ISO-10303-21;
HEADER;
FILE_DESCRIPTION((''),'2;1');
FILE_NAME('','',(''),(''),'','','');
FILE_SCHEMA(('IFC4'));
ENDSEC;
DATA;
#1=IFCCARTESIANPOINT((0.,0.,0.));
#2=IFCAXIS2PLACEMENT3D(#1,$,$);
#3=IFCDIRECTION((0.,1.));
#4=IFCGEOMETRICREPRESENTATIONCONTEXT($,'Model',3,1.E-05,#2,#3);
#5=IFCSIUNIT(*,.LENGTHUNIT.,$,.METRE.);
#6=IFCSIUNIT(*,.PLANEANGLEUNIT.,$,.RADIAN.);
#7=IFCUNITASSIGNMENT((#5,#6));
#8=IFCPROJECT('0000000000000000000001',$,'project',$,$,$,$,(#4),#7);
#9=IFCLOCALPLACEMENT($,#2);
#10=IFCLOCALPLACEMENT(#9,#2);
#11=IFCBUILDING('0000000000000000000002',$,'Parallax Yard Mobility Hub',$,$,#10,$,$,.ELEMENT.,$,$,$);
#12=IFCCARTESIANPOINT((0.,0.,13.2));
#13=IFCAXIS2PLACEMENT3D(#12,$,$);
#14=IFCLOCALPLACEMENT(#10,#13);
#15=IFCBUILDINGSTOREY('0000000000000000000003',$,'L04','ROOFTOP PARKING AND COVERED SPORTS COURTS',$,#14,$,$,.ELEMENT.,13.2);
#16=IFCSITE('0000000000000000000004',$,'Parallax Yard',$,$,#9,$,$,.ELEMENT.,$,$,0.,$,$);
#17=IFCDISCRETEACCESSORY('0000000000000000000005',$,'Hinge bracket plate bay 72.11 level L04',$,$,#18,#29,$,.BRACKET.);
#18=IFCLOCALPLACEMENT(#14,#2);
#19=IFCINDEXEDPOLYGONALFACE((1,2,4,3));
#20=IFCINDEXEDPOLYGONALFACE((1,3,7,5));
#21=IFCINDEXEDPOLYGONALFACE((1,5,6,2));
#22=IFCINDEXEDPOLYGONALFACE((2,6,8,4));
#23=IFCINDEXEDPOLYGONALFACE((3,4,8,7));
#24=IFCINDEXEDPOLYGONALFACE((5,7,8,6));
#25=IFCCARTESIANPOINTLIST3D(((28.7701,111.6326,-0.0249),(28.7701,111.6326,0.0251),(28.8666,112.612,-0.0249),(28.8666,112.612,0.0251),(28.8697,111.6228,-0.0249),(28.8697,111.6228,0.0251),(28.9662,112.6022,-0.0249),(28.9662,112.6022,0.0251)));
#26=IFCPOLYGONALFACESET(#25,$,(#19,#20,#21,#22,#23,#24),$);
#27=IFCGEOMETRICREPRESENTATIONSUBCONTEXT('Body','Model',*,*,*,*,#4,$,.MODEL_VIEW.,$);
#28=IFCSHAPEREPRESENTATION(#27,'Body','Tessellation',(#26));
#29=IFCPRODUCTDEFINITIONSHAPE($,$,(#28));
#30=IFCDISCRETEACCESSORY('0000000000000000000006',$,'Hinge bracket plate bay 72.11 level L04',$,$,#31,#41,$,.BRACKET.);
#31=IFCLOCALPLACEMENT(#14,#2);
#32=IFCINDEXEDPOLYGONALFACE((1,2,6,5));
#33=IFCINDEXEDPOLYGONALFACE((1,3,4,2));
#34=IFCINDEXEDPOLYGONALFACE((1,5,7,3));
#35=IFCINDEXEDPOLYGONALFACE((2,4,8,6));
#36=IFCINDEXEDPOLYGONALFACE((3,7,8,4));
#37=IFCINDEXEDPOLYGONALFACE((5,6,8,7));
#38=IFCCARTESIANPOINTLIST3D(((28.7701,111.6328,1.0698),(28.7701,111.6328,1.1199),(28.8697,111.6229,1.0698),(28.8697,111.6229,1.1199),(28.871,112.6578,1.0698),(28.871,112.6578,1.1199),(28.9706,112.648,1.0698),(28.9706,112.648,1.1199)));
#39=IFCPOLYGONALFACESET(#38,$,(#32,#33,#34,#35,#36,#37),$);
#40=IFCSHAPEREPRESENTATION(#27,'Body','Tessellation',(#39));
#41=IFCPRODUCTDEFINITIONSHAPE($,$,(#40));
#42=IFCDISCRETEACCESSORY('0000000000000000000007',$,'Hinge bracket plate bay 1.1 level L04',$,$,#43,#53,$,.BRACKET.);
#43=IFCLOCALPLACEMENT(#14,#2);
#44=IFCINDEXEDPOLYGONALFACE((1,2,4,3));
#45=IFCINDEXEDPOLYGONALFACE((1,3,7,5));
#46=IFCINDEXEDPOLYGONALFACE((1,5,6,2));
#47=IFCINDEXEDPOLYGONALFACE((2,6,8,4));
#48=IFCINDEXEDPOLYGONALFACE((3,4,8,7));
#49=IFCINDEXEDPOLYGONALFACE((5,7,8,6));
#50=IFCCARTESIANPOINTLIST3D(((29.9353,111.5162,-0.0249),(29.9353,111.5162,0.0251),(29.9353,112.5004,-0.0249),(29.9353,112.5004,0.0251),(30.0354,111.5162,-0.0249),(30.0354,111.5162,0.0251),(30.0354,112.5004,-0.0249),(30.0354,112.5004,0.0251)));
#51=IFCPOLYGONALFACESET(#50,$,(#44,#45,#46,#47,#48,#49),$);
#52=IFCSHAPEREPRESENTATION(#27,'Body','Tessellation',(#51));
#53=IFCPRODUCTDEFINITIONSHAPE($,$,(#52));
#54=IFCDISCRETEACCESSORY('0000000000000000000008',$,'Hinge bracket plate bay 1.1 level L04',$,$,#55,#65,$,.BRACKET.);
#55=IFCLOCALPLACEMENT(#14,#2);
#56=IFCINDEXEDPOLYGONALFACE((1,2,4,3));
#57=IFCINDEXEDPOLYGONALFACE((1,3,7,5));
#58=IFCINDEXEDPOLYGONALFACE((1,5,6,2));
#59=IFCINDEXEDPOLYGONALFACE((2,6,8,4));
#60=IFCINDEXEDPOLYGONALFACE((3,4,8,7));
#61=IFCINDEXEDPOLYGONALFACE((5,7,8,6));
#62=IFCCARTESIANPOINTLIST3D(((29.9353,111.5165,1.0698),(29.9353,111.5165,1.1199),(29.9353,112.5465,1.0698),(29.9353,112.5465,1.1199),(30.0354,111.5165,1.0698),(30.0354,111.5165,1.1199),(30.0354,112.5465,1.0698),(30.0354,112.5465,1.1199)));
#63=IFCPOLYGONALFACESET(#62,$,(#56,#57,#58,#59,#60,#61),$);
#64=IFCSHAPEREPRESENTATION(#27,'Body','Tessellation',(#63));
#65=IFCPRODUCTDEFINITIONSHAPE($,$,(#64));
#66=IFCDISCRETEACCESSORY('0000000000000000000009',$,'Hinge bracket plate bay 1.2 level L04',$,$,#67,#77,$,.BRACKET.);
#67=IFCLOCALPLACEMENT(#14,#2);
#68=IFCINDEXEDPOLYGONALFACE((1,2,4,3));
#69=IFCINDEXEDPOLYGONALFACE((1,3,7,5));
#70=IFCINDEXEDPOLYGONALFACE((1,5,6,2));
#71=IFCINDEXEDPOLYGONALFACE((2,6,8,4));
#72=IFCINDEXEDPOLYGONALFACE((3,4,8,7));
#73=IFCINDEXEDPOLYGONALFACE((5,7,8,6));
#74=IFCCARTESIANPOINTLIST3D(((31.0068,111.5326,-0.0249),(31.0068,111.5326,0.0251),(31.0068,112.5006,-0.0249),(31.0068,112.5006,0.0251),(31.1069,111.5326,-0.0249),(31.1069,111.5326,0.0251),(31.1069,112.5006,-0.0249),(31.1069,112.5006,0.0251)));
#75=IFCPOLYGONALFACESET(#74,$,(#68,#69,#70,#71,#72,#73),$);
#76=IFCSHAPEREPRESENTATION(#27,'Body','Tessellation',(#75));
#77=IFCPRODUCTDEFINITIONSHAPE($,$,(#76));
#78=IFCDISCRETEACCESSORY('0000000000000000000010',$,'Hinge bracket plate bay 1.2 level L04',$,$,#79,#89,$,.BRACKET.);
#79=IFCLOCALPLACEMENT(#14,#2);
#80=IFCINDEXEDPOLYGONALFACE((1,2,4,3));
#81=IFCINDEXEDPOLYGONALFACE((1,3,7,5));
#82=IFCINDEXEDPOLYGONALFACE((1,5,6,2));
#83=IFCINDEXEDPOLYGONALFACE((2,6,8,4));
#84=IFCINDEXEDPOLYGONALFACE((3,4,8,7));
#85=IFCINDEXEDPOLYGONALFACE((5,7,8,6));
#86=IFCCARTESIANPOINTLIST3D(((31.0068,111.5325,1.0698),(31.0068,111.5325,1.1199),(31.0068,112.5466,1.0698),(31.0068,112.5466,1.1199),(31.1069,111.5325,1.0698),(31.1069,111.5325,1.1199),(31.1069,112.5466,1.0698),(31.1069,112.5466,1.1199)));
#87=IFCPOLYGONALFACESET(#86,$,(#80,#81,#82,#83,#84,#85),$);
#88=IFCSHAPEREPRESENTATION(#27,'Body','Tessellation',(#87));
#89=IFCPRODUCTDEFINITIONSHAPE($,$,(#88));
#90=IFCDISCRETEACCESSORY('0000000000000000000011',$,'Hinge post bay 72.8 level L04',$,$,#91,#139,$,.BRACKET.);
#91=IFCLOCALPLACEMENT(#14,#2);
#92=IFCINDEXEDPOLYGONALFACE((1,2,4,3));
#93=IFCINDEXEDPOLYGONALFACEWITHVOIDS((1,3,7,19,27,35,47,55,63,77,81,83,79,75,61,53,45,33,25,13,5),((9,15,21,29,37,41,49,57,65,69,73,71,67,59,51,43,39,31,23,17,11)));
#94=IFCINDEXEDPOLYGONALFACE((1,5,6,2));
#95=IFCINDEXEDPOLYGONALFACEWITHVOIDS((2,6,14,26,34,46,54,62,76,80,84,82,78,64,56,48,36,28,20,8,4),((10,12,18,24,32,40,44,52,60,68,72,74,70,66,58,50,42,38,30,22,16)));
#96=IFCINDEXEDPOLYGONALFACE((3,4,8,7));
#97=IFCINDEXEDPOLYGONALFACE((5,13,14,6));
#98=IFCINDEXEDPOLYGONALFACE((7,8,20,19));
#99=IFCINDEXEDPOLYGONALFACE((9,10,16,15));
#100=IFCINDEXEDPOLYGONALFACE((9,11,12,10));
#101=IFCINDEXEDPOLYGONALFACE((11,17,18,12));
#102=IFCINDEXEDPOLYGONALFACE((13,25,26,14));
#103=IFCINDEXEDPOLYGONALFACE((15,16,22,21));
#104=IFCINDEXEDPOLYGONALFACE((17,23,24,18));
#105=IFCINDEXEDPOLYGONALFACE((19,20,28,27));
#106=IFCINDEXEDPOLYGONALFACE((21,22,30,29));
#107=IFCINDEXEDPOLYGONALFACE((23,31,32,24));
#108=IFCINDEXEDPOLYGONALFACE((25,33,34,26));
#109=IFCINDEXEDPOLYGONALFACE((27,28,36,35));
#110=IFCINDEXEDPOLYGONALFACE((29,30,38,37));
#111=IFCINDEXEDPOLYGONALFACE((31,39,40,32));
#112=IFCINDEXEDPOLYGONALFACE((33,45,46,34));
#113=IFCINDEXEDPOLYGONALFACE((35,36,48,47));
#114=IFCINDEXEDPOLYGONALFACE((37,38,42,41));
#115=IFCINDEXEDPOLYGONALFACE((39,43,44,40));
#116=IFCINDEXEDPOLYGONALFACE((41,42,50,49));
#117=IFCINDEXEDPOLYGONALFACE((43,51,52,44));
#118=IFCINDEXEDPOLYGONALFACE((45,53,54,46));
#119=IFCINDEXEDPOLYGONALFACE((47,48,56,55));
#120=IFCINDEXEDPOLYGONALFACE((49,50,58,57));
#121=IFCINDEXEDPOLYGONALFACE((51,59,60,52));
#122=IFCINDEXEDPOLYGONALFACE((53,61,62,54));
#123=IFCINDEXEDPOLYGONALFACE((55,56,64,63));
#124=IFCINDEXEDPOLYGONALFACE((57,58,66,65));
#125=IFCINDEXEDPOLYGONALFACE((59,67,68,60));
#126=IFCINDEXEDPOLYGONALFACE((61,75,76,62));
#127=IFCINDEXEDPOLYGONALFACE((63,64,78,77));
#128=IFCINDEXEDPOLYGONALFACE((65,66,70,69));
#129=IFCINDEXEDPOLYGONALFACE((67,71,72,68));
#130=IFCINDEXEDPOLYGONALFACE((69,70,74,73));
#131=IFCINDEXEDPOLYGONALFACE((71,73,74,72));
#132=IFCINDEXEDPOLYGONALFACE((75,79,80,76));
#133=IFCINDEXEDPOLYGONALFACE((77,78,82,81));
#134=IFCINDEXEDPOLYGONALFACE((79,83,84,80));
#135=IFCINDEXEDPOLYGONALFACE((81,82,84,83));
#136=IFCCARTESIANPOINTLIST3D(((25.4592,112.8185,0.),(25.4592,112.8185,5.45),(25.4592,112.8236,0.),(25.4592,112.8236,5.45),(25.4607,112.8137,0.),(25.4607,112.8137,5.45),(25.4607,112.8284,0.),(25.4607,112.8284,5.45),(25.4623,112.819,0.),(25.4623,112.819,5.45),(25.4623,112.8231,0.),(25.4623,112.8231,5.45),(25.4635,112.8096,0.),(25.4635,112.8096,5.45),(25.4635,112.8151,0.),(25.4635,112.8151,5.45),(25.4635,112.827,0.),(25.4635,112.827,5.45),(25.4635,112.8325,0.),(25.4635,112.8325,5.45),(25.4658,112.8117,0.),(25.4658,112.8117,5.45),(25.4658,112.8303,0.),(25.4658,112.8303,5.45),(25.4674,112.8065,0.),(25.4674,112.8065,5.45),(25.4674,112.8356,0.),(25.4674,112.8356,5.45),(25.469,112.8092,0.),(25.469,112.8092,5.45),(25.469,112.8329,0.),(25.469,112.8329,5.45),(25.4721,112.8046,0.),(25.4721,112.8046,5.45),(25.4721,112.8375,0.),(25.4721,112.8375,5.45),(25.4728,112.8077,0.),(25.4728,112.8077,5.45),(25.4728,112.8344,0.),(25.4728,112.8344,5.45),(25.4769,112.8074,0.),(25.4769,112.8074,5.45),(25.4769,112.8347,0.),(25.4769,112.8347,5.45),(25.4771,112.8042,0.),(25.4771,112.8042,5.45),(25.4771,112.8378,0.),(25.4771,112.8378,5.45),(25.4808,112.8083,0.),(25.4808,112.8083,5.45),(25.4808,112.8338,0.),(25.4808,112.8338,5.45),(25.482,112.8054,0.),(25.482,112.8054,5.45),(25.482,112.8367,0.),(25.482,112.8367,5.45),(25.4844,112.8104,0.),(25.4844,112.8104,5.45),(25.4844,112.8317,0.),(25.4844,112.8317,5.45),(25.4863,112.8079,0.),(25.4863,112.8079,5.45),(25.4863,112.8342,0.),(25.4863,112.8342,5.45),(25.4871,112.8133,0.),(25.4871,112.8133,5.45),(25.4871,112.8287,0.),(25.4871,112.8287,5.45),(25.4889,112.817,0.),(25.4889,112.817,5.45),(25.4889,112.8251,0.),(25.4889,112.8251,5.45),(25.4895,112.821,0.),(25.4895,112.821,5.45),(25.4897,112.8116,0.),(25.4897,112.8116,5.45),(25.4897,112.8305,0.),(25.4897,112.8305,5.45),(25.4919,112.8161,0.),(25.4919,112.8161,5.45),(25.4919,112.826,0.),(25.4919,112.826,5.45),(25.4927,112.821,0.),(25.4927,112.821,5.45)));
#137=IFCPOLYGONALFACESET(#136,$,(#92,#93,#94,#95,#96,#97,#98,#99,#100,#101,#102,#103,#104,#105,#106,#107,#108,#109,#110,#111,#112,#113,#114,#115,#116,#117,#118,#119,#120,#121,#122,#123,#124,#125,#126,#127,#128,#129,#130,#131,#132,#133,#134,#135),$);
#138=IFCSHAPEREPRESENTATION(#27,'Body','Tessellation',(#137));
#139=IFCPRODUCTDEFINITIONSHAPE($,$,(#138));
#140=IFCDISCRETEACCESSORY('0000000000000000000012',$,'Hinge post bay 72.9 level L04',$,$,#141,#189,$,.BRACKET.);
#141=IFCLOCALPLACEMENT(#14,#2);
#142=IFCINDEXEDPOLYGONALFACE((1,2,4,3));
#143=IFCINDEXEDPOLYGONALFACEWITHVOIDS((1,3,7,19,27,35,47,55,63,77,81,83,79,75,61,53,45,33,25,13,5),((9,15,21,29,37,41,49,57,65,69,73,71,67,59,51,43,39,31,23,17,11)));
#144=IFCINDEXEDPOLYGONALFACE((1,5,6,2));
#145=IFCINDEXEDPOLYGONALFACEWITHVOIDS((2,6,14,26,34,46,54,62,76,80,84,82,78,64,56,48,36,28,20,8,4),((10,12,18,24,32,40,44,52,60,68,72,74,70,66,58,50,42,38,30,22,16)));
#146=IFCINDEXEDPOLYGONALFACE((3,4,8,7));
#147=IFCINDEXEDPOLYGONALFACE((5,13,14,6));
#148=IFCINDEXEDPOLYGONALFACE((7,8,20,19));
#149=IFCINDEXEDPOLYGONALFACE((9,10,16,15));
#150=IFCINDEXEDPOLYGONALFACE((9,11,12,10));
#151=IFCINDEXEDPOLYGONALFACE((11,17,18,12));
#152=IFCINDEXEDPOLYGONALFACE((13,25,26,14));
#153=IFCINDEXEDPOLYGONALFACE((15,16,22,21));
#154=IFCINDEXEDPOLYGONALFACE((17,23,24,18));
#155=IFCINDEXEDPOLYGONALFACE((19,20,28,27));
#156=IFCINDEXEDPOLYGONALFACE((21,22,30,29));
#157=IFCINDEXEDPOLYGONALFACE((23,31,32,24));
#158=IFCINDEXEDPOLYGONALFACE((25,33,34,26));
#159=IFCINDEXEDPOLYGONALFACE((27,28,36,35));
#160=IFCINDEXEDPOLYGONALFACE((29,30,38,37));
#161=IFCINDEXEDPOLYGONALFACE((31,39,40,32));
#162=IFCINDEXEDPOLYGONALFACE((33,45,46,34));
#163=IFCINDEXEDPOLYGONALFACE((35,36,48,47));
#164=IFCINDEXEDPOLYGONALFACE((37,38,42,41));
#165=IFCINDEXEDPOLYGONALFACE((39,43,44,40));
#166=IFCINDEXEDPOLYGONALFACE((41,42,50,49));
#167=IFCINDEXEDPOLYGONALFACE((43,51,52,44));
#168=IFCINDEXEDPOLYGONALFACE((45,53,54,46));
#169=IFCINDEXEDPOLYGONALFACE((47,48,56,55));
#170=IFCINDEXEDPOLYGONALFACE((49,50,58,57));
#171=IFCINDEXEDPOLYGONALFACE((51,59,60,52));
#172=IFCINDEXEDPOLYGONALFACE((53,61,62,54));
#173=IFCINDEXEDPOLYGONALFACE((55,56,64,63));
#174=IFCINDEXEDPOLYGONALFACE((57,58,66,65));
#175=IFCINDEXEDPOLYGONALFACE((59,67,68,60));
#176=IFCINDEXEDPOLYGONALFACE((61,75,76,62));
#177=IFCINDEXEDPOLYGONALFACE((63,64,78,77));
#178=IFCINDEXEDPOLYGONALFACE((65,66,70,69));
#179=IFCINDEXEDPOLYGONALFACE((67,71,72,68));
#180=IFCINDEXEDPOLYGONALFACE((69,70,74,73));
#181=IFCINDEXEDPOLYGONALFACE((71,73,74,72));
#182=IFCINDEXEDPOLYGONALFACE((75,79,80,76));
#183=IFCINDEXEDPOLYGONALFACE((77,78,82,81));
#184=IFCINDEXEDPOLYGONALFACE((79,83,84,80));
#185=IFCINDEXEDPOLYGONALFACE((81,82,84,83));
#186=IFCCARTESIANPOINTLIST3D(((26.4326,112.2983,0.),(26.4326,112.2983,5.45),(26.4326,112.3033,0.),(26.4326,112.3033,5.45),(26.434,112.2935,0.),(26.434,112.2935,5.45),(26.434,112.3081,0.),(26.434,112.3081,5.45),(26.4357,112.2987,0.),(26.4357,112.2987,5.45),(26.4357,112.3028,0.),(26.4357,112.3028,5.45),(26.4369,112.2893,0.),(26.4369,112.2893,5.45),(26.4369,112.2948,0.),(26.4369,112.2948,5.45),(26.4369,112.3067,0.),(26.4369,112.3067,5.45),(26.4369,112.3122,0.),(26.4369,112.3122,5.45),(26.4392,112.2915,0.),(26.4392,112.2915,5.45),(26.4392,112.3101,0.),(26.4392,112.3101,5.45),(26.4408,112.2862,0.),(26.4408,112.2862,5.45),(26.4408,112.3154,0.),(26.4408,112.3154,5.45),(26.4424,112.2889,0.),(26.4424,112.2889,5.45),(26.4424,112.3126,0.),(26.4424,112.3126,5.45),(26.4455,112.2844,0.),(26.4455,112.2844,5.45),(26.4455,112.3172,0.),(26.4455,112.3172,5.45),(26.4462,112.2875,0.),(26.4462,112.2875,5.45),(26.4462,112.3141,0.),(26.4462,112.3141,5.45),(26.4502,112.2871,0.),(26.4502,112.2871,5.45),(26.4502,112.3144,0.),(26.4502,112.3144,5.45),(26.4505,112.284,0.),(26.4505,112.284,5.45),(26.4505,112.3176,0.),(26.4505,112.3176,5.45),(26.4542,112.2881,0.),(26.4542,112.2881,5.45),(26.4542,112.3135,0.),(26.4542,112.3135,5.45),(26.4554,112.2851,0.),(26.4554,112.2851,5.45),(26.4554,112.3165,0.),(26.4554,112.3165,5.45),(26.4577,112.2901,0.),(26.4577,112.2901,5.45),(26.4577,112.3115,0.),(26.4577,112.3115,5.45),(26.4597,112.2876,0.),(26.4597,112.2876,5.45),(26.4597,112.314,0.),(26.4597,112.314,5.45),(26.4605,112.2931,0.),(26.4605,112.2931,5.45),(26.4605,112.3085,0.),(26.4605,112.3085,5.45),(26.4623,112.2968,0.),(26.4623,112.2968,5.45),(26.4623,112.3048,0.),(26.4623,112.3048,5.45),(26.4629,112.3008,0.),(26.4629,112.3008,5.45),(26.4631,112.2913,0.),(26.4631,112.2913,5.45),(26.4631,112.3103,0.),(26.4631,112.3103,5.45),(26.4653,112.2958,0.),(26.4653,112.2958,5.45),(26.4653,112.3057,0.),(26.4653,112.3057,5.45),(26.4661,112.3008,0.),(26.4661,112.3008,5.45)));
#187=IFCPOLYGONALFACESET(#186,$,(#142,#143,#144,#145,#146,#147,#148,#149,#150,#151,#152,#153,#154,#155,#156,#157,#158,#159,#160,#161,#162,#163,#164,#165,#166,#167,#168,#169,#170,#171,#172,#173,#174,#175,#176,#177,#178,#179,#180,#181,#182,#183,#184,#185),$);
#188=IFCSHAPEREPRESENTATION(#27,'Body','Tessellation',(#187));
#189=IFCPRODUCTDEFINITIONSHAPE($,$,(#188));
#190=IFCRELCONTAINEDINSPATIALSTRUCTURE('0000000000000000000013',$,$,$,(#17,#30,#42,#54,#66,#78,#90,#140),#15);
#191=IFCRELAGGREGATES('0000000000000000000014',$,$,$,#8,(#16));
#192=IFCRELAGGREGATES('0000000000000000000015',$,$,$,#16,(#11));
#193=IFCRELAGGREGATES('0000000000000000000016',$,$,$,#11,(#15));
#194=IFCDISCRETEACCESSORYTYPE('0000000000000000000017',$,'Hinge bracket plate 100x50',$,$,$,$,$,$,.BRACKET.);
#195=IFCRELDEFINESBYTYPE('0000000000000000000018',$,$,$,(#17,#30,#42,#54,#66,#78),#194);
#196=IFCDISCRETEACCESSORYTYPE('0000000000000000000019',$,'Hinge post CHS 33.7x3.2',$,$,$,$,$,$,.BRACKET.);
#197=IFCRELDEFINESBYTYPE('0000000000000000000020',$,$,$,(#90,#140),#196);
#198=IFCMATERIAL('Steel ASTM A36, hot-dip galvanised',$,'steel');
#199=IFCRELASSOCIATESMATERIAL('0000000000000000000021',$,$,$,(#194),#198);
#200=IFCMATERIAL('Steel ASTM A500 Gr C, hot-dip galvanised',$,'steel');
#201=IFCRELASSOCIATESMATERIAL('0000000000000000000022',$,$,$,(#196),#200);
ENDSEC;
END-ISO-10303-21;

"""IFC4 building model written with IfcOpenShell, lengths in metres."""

from ifc_helpers import new_model, si_unit, direction, frame, origin, origin_2d, place, context, subcontext, project, spatial, rectangle, hollow_circle, extrude, material, material_profile, profile_set, type_object, element, save


model = new_model("IFC4")

# Units and contexts
model_context = context("Model", 3, precision=1e-05, world=origin(), true_north=direction((0.0, 1.0)))
body_context = subcontext(model_context, "Body", "Model", "MODEL_VIEW")
ifc_project = project(units=[si_unit("LENGTHUNIT", "METRE"), si_unit("PLANEANGLEUNIT", "RADIAN")], contexts=[model_context])

# Site, building, storey
site_placement = place(None, origin())
site = spatial("IfcSite", under=ifc_project, at=site_placement, Name="Parallax Yard", CompositionType="ELEMENT", RefElevation=0.0)
building_placement = place(site_placement, origin())
building = spatial("IfcBuilding", under=site, at=building_placement, Name="Parallax Yard Mobility Hub", CompositionType="ELEMENT")
storey_placement = place(building_placement, frame((0.0, 0.0, 13.2)))
storey = spatial("IfcBuildingStorey", under=building, at=storey_placement, Name="L04", Description="ROOFTOP PARKING AND COVERED SPORTS COURTS", CompositionType="ELEMENT", Elevation=13.2)

# Discrete accessories
ifc_material_1 = material(Name="Steel ASTM A36, hot-dip galvanised", Category="steel")
discrete_accessory_type_1 = type_object("IfcDiscreteAccessoryType", Name="Hinge bracket plate 100x50", PredefinedType="BRACKET", material=ifc_material_1)
discrete_accessory_1_placement = place(storey_placement, frame((28.8682, 112.1174, -0.0249), z_axis=(0.0, 0.0, 1.0), x_axis=(-0.098017, -0.995185, 0.0)))
element("IfcDiscreteAccessory", 1, at=discrete_accessory_1_placement, inside=storey, type_object=discrete_accessory_type_1, Name="Hinge bracket plate bay 72.11 level L04", PredefinedType="BRACKET", context=body_context, shape_type="SweptSolid", body=[
    extrude(rectangle(XDim=0.9841, YDim=0.1001, at=origin_2d()), origin(), (0.0, 0.0, 1.0), 0.05),
])
discrete_accessory_2_placement = place(storey_placement, frame((28.8704, 112.1404, 1.0698), z_axis=(0.0, 0.0, 1.0), x_axis=(-0.098017, -0.995185, 0.0)))
element("IfcDiscreteAccessory", 2, at=discrete_accessory_2_placement, inside=storey, type_object=discrete_accessory_type_1, Name="Hinge bracket plate bay 72.11 level L04", PredefinedType="BRACKET", context=body_context, shape_type="SweptSolid", body=[
    extrude(rectangle(XDim=1.03, YDim=0.1001, at=origin_2d()), origin(), (0.0, 0.0, 1.0), 0.05),
])
discrete_accessory_3_placement = place(storey_placement, frame((29.9854, 112.0083, -0.0249), z_axis=(0.0, 0.0, 1.0), x_axis=(0.0, -1.0, 0.0)))
element("IfcDiscreteAccessory", 3, at=discrete_accessory_3_placement, inside=storey, type_object=discrete_accessory_type_1, Name="Hinge bracket plate bay 1.1 level L04", PredefinedType="BRACKET", context=body_context, shape_type="SweptSolid", body=[
    extrude(rectangle(XDim=0.9841, YDim=0.1001, at=origin_2d()), origin(), (0.0, 0.0, 1.0), 0.05),
])
discrete_accessory_4_placement = place(storey_placement, frame((29.9854, 112.0315, 1.0698), z_axis=(0.0, 0.0, 1.0), x_axis=(0.0, -1.0, 0.0)))
element("IfcDiscreteAccessory", 4, at=discrete_accessory_4_placement, inside=storey, type_object=discrete_accessory_type_1, Name="Hinge bracket plate bay 1.1 level L04", PredefinedType="BRACKET", context=body_context, shape_type="SweptSolid", body=[
    extrude(rectangle(XDim=1.03, YDim=0.1001, at=origin_2d()), origin(), (0.0, 0.0, 1.0), 0.05),
])
discrete_accessory_5_placement = place(storey_placement, frame((31.0569, 112.0166, -0.0249), z_axis=(0.0, 0.0, 1.0), x_axis=(0.0, -1.0, 0.0)))
element("IfcDiscreteAccessory", 5, at=discrete_accessory_5_placement, inside=storey, type_object=discrete_accessory_type_1, Name="Hinge bracket plate bay 1.2 level L04", PredefinedType="BRACKET", context=body_context, shape_type="SweptSolid", body=[
    extrude(rectangle(XDim=0.968, YDim=0.1001, at=origin_2d()), origin(), (0.0, 0.0, 1.0), 0.05),
])
discrete_accessory_6_placement = place(storey_placement, frame((31.0569, 112.0396, 1.0698), z_axis=(0.0, 0.0, 1.0), x_axis=(0.0, -1.0, 0.0)))
element("IfcDiscreteAccessory", 6, at=discrete_accessory_6_placement, inside=storey, type_object=discrete_accessory_type_1, Name="Hinge bracket plate bay 1.2 level L04", PredefinedType="BRACKET", context=body_context, shape_type="SweptSolid", body=[
    extrude(rectangle(XDim=1.0142, YDim=0.1001, at=origin_2d()), origin(), (0.0, 0.0, 1.0), 0.05),
])
ifc_material_2 = material(Name="Steel ASTM A500 Gr C, hot-dip galvanised", Category="steel")
ifc_material_profile_1 = material_profile(ifc_material_2, hollow_circle(Radius=0.0168, WallThickness=0.0032, at=origin_2d()), Name="CHS 33.7x3.2")
ifc_profile_set_1 = profile_set([ifc_material_profile_1], Name="Steel ASTM A500 Gr C, hot-dip galvanised")
discrete_accessory_type_2 = type_object("IfcDiscreteAccessoryType", Name="Hinge post CHS 33.7x3.2", PredefinedType="BRACKET", material=ifc_profile_set_1)
for number, where, z_axis, x_axis, name in (
    (7, (25.4758, 112.821, 0.0), (0.0, 0.0, 1.0), (1.0, 0.0, 0.0), "Hinge post bay 72.8 level L04"),
    (8, (26.4492, 112.3008, 0.0), (0.0, 0.0, 1.0), (1.0, 0.0, 0.0), "Hinge post bay 72.9 level L04"),
):
    element("IfcDiscreteAccessory", number, at=place(storey_placement, frame(where, z_axis=z_axis, x_axis=x_axis)), inside=storey, type_object=discrete_accessory_type_2, Name=name, PredefinedType="BRACKET", context=body_context, shape_type="SweptSolid", body=[
        extrude(hollow_circle(Radius=0.0168, WallThickness=0.0032, at=origin_2d()), origin(), (0.0, 0.0, 1.0), 5.45),
    ])

save(model, "model.ifc")
